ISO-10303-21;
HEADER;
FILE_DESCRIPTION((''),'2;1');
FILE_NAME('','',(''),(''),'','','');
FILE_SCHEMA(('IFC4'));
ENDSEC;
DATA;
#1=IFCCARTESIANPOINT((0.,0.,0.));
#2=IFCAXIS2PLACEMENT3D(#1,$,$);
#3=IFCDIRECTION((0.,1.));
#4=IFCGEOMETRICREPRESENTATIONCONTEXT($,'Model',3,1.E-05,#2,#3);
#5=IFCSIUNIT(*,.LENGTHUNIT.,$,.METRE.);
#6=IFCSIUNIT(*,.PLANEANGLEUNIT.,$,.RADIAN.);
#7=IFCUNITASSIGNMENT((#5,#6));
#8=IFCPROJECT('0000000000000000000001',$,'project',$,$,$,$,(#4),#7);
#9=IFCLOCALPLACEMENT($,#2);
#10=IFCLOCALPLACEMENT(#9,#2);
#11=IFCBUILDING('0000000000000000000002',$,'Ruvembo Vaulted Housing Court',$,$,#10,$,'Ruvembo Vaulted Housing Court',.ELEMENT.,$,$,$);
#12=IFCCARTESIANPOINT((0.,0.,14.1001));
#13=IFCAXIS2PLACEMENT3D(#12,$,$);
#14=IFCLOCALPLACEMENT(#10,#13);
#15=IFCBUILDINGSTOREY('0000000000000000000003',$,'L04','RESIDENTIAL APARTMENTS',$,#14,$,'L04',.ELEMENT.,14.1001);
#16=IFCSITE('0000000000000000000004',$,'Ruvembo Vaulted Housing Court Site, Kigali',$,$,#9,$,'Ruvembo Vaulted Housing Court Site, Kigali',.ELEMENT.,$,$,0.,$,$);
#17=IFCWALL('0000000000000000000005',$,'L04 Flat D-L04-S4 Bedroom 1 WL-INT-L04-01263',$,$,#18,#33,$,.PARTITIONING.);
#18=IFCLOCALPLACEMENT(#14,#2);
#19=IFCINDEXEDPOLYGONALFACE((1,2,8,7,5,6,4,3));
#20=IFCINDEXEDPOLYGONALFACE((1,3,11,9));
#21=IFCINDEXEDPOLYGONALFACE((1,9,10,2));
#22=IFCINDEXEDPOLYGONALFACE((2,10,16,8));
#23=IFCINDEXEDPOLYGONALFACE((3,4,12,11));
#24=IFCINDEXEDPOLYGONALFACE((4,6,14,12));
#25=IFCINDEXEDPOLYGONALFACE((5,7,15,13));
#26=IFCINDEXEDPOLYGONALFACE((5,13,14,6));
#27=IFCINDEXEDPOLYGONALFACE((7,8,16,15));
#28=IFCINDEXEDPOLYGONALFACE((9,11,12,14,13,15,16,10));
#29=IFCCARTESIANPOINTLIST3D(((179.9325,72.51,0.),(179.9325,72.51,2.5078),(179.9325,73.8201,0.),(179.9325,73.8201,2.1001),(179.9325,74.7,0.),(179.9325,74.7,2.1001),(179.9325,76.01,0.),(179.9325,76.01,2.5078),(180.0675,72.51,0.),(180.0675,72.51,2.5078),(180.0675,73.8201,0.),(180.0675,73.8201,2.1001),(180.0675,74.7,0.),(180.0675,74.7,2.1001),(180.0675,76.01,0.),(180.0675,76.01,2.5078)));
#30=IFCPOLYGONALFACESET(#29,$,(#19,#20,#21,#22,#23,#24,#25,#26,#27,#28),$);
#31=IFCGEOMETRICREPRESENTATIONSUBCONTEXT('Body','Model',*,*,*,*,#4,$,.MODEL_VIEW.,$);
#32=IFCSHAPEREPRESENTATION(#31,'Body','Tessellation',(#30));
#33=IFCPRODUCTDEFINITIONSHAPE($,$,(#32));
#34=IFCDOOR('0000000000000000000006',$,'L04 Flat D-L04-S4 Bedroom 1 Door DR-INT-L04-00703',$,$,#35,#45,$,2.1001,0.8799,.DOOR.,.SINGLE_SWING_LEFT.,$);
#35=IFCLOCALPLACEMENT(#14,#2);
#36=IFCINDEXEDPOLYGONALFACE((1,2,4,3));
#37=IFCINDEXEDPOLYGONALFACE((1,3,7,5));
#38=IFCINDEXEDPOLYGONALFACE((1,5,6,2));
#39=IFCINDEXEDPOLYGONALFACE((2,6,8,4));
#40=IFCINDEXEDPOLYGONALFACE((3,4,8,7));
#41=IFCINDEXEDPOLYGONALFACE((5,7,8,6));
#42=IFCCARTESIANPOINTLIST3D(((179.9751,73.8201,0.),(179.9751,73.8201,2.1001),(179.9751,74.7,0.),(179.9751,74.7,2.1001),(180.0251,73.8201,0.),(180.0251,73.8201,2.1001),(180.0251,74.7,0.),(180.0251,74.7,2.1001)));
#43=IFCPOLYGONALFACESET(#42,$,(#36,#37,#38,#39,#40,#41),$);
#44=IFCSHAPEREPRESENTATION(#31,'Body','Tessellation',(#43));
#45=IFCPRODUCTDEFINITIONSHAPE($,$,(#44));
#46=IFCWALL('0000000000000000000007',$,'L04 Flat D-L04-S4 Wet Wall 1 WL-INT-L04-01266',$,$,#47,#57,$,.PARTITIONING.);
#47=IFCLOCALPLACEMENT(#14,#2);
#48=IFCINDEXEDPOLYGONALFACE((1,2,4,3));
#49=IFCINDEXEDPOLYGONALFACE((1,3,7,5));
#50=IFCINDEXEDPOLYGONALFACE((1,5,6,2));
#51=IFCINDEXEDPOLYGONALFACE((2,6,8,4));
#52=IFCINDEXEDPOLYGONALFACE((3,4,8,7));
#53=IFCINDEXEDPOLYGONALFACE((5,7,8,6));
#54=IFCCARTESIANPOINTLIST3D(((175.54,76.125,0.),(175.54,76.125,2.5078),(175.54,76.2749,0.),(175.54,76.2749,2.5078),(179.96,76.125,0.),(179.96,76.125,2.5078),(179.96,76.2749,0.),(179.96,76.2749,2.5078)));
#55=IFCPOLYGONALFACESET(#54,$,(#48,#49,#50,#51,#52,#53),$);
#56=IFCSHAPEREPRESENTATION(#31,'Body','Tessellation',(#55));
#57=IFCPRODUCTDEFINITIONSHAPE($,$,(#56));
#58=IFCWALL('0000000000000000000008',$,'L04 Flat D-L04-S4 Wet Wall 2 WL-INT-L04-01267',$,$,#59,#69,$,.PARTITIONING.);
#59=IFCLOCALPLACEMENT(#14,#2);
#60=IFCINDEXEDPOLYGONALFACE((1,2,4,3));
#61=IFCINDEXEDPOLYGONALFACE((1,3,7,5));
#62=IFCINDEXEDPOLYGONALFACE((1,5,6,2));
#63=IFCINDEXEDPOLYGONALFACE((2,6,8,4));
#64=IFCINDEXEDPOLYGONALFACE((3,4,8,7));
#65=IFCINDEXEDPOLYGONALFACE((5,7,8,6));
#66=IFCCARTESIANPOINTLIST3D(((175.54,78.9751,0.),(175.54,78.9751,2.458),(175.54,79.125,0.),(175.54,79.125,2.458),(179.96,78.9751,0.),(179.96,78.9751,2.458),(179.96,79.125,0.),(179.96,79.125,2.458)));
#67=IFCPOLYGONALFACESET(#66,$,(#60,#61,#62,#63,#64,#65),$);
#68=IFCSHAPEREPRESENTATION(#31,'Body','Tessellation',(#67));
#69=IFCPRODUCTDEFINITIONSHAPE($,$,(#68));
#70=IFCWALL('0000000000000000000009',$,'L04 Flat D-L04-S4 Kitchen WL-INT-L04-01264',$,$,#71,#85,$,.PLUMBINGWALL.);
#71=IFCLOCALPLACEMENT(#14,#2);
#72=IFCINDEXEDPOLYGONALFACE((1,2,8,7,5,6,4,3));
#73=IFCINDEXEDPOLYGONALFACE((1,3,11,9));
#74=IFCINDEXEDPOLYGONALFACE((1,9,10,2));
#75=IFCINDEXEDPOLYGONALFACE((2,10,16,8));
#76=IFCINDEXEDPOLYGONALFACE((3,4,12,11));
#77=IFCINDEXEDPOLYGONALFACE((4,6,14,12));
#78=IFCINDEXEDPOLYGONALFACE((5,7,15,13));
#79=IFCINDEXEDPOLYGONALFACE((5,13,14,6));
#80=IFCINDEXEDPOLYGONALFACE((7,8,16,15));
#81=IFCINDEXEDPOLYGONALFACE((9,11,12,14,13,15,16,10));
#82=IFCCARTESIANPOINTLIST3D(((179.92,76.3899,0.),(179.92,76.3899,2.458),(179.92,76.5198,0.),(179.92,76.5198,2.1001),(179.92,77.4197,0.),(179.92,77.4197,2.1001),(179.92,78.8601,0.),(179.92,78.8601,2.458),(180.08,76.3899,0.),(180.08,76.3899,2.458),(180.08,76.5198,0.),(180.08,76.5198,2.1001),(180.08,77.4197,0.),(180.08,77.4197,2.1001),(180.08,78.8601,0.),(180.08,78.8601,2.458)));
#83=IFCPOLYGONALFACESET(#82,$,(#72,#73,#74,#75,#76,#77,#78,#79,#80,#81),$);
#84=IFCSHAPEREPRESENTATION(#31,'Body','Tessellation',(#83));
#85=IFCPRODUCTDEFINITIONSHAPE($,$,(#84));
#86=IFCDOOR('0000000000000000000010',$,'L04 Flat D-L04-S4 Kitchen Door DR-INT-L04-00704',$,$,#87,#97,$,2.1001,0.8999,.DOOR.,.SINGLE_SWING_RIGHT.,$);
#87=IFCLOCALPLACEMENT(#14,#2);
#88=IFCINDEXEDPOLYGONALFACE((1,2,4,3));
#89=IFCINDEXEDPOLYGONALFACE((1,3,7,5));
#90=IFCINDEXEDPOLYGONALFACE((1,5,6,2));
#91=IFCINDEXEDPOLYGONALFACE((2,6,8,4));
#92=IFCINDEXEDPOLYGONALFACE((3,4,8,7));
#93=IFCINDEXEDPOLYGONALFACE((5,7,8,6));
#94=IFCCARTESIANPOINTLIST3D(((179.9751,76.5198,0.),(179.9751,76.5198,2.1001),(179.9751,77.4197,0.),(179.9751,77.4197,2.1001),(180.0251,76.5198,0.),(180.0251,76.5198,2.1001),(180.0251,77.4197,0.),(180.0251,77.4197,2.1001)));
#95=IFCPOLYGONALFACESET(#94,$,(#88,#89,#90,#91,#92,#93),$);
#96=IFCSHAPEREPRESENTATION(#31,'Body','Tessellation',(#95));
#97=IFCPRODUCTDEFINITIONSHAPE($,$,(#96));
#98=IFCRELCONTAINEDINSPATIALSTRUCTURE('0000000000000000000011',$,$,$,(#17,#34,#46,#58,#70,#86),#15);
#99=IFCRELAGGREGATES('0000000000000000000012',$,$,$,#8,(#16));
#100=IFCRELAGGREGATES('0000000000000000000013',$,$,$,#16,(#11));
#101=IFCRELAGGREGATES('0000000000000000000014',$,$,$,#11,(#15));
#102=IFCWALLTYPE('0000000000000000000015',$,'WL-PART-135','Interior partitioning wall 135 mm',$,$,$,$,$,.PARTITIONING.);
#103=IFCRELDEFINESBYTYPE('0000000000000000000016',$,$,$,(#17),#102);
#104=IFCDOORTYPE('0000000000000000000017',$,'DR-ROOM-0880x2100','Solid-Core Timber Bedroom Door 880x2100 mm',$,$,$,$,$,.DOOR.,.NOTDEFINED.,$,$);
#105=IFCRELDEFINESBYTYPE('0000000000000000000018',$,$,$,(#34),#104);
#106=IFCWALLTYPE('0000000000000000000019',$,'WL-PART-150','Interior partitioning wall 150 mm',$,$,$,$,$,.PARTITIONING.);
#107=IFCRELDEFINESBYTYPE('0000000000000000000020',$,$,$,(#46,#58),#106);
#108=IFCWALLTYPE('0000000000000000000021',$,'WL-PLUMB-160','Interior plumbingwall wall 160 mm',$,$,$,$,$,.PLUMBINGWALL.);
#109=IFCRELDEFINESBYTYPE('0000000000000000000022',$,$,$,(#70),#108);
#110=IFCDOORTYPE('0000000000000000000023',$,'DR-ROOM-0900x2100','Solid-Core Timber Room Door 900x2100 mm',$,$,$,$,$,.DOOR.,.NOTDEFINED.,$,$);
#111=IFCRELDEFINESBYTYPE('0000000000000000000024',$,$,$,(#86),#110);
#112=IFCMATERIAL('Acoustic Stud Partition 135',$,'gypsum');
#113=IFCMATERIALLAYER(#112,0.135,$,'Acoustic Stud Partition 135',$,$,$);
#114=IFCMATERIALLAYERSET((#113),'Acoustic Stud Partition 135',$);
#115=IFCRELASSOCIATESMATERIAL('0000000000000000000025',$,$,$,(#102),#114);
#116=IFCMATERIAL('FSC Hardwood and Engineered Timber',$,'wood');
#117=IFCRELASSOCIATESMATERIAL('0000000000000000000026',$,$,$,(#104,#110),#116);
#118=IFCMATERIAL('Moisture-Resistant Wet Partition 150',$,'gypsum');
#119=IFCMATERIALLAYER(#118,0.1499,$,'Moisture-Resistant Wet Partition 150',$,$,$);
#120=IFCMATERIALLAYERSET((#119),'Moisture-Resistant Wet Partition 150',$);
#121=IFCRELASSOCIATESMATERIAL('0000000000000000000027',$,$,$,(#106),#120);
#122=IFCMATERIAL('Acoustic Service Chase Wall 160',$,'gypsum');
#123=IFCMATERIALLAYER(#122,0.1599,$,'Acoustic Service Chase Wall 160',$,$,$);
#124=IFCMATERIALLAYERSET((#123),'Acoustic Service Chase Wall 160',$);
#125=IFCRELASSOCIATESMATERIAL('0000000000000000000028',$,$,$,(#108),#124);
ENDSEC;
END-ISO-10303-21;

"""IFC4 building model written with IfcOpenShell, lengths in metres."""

from ifc_helpers import new_model, si_unit, direction, frame, frame_2d, origin, place, context, subcontext, project, spatial, rectangle, extrude, material, layer, layer_set, type_object, element, fill, save


model = new_model("IFC4")

# Units and contexts
model_context = context("Model", 3, precision=1e-05, world=origin(), true_north=direction((0.0, 1.0)))
body_context = subcontext(model_context, "Body", "Model", "MODEL_VIEW")
ifc_project = project(units=[si_unit("LENGTHUNIT", "METRE"), si_unit("PLANEANGLEUNIT", "RADIAN")], contexts=[model_context])

# Site, building, storey
site_placement = place(None, origin())
site = spatial("IfcSite", under=ifc_project, at=site_placement, Name="Ruvembo Vaulted Housing Court Site, Kigali", LongName="Ruvembo Vaulted Housing Court Site, Kigali", CompositionType="ELEMENT", RefElevation=0.0)
building_placement = place(site_placement, origin())
building = spatial("IfcBuilding", under=site, at=building_placement, Name="Ruvembo Vaulted Housing Court", LongName="Ruvembo Vaulted Housing Court", CompositionType="ELEMENT")
storey_placement = place(building_placement, frame((0.0, 0.0, 14.1001)))
storey = spatial("IfcBuildingStorey", under=building, at=storey_placement, Name="L04", Description="RESIDENTIAL APARTMENTS", LongName="L04", CompositionType="ELEMENT", Elevation=14.1001)

# Wall, opening, door
ifc_material_1 = material(Name="Acoustic Stud Partition 135", Category="gypsum")
ifc_layer_1 = layer(ifc_material_1, 0.135, Name="Acoustic Stud Partition 135")
ifc_layer_set_1 = layer_set([ifc_layer_1], Name="Acoustic Stud Partition 135")
wall_type_1 = type_object("IfcWallType", Name="WL-PART-135", Description="Interior partitioning wall 135 mm", PredefinedType="PARTITIONING", material=ifc_layer_set_1)
wall_1_placement = place(storey_placement, frame((180.0, 72.51, 0.0), z_axis=(0.0, 0.0, 1.0), x_axis=(0.0, 1.0, 0.0)))
wall_1 = element("IfcWall", 1, at=wall_1_placement, inside=storey, type_object=wall_type_1, Name="L04 Flat D-L04-S4 Bedroom 1 WL-INT-L04-01263", PredefinedType="PARTITIONING", context=body_context, shape_type="SweptSolid", body=[
    extrude(rectangle(XDim=3.5, YDim=0.135, at=frame_2d((1.75, 0.0))), origin(), (0.0, 0.0, 1.0), 2.5078),
])
opening_1_placement = place(wall_1_placement, frame((1.3101, 0.0, 0.0)))
opening_1 = element("IfcOpeningElement", 2, at=opening_1_placement, cuts=wall_1, PredefinedType="OPENING", context=body_context, shape_type="SweptSolid", body=[
    extrude(rectangle(XDim=0.8799, YDim=2.1001, at=frame_2d((0.4399, 1.05))), frame((0.0, 0.0774, 0.0), z_axis=(0.0, -1.0, 0.0), x_axis=(1.0, 0.0, 0.0)), (0.0, 0.0, 1.0), 0.155),
])
ifc_material_2 = material(Name="FSC Hardwood and Engineered Timber", Category="wood")
door_type_1 = type_object("IfcDoorType", Name="DR-ROOM-0880x2100", Description="Solid-Core Timber Bedroom Door 880x2100 mm", OperationType="NOTDEFINED", PredefinedType="DOOR", material=ifc_material_2)
door_1_placement = place(opening_1_placement, origin())
door_1 = element("IfcDoor", 3, at=door_1_placement, inside=storey, type_object=door_type_1, Name="L04 Flat D-L04-S4 Bedroom 1 Door DR-INT-L04-00703", OperationType="SINGLE_SWING_LEFT", OverallHeight=2.1001, OverallWidth=0.8799, PredefinedType="DOOR", context=body_context, shape_type="SweptSolid", body=[
    extrude(rectangle(XDim=0.8799, YDim=2.1001, at=frame_2d((0.4399, 1.05))), frame((0.0, 0.0249, 0.0), z_axis=(0.0, -1.0, 0.0), x_axis=(1.0, 0.0, 0.0)), (0.0, 0.0, 1.0), 0.05),
])
fill(opening_1, door_1)

# Walls
ifc_material_3 = material(Name="Moisture-Resistant Wet Partition 150", Category="gypsum")
ifc_layer_2 = layer(ifc_material_3, 0.1499, Name="Moisture-Resistant Wet Partition 150")
ifc_layer_set_2 = layer_set([ifc_layer_2], Name="Moisture-Resistant Wet Partition 150")
wall_type_2 = type_object("IfcWallType", Name="WL-PART-150", Description="Interior partitioning wall 150 mm", PredefinedType="PARTITIONING", material=ifc_layer_set_2)
wall_2_placement = place(storey_placement, frame((175.54, 76.2, 0.0), z_axis=(0.0, 0.0, 1.0), x_axis=(1.0, 0.0, 0.0)))
element("IfcWall", 4, at=wall_2_placement, inside=storey, type_object=wall_type_2, Name="L04 Flat D-L04-S4 Wet Wall 1 WL-INT-L04-01266", PredefinedType="PARTITIONING", context=body_context, shape_type="SweptSolid", body=[
    extrude(rectangle(XDim=4.4199, YDim=0.1499, at=frame_2d((2.21, 0.0))), origin(), (0.0, 0.0, 1.0), 2.5078),
])
wall_3_placement = place(storey_placement, frame((175.54, 79.05, 0.0), z_axis=(0.0, 0.0, 1.0), x_axis=(1.0, 0.0, 0.0)))
element("IfcWall", 5, at=wall_3_placement, inside=storey, type_object=wall_type_2, Name="L04 Flat D-L04-S4 Wet Wall 2 WL-INT-L04-01267", PredefinedType="PARTITIONING", context=body_context, shape_type="SweptSolid", body=[
    extrude(rectangle(XDim=4.4199, YDim=0.1499, at=frame_2d((2.21, 0.0))), origin(), (0.0, 0.0, 1.0), 2.458),
])

# Wall, opening, door
ifc_material_4 = material(Name="Acoustic Service Chase Wall 160", Category="gypsum")
ifc_layer_3 = layer(ifc_material_4, 0.1599, Name="Acoustic Service Chase Wall 160")
ifc_layer_set_3 = layer_set([ifc_layer_3], Name="Acoustic Service Chase Wall 160")
wall_type_3 = type_object("IfcWallType", Name="WL-PLUMB-160", Description="Interior plumbingwall wall 160 mm", PredefinedType="PLUMBINGWALL", material=ifc_layer_set_3)
wall_4_placement = place(storey_placement, frame((180.0, 76.3899, 0.0), z_axis=(0.0, 0.0, 1.0), x_axis=(0.0, 1.0, 0.0)))
wall_4 = element("IfcWall", 6, at=wall_4_placement, inside=storey, type_object=wall_type_3, Name="L04 Flat D-L04-S4 Kitchen WL-INT-L04-01264", PredefinedType="PLUMBINGWALL", context=body_context, shape_type="SweptSolid", body=[
    extrude(rectangle(XDim=2.4702, YDim=0.1599, at=frame_2d((1.2351, 0.0))), origin(), (0.0, 0.0, 1.0), 2.458),
])
opening_2_placement = place(wall_4_placement, frame((0.1299, 0.0, 0.0)))
opening_2 = element("IfcOpeningElement", 7, at=opening_2_placement, cuts=wall_4, PredefinedType="OPENING", context=body_context, shape_type="SweptSolid", body=[
    extrude(rectangle(XDim=0.8999, YDim=2.1001, at=frame_2d((0.45, 1.05))), frame((0.0, 0.0898, 0.0), z_axis=(0.0, -1.0, 0.0), x_axis=(1.0, 0.0, 0.0)), (0.0, 0.0, 1.0), 0.1799),
])
door_type_2 = type_object("IfcDoorType", Name="DR-ROOM-0900x2100", Description="Solid-Core Timber Room Door 900x2100 mm", OperationType="NOTDEFINED", PredefinedType="DOOR", material=ifc_material_2)
door_2_placement = place(opening_2_placement, origin())
door_2 = element("IfcDoor", 8, at=door_2_placement, inside=storey, type_object=door_type_2, Name="L04 Flat D-L04-S4 Kitchen Door DR-INT-L04-00704", OperationType="SINGLE_SWING_RIGHT", OverallHeight=2.1001, OverallWidth=0.8999, PredefinedType="DOOR", context=body_context, shape_type="SweptSolid", body=[
    extrude(rectangle(XDim=0.8999, YDim=2.1001, at=frame_2d((0.45, 1.05))), frame((0.0, 0.0249, 0.0), z_axis=(0.0, -1.0, 0.0), x_axis=(1.0, 0.0, 0.0)), (0.0, 0.0, 1.0), 0.05),
])
fill(opening_2, door_2)

save(model, "model.ifc")
